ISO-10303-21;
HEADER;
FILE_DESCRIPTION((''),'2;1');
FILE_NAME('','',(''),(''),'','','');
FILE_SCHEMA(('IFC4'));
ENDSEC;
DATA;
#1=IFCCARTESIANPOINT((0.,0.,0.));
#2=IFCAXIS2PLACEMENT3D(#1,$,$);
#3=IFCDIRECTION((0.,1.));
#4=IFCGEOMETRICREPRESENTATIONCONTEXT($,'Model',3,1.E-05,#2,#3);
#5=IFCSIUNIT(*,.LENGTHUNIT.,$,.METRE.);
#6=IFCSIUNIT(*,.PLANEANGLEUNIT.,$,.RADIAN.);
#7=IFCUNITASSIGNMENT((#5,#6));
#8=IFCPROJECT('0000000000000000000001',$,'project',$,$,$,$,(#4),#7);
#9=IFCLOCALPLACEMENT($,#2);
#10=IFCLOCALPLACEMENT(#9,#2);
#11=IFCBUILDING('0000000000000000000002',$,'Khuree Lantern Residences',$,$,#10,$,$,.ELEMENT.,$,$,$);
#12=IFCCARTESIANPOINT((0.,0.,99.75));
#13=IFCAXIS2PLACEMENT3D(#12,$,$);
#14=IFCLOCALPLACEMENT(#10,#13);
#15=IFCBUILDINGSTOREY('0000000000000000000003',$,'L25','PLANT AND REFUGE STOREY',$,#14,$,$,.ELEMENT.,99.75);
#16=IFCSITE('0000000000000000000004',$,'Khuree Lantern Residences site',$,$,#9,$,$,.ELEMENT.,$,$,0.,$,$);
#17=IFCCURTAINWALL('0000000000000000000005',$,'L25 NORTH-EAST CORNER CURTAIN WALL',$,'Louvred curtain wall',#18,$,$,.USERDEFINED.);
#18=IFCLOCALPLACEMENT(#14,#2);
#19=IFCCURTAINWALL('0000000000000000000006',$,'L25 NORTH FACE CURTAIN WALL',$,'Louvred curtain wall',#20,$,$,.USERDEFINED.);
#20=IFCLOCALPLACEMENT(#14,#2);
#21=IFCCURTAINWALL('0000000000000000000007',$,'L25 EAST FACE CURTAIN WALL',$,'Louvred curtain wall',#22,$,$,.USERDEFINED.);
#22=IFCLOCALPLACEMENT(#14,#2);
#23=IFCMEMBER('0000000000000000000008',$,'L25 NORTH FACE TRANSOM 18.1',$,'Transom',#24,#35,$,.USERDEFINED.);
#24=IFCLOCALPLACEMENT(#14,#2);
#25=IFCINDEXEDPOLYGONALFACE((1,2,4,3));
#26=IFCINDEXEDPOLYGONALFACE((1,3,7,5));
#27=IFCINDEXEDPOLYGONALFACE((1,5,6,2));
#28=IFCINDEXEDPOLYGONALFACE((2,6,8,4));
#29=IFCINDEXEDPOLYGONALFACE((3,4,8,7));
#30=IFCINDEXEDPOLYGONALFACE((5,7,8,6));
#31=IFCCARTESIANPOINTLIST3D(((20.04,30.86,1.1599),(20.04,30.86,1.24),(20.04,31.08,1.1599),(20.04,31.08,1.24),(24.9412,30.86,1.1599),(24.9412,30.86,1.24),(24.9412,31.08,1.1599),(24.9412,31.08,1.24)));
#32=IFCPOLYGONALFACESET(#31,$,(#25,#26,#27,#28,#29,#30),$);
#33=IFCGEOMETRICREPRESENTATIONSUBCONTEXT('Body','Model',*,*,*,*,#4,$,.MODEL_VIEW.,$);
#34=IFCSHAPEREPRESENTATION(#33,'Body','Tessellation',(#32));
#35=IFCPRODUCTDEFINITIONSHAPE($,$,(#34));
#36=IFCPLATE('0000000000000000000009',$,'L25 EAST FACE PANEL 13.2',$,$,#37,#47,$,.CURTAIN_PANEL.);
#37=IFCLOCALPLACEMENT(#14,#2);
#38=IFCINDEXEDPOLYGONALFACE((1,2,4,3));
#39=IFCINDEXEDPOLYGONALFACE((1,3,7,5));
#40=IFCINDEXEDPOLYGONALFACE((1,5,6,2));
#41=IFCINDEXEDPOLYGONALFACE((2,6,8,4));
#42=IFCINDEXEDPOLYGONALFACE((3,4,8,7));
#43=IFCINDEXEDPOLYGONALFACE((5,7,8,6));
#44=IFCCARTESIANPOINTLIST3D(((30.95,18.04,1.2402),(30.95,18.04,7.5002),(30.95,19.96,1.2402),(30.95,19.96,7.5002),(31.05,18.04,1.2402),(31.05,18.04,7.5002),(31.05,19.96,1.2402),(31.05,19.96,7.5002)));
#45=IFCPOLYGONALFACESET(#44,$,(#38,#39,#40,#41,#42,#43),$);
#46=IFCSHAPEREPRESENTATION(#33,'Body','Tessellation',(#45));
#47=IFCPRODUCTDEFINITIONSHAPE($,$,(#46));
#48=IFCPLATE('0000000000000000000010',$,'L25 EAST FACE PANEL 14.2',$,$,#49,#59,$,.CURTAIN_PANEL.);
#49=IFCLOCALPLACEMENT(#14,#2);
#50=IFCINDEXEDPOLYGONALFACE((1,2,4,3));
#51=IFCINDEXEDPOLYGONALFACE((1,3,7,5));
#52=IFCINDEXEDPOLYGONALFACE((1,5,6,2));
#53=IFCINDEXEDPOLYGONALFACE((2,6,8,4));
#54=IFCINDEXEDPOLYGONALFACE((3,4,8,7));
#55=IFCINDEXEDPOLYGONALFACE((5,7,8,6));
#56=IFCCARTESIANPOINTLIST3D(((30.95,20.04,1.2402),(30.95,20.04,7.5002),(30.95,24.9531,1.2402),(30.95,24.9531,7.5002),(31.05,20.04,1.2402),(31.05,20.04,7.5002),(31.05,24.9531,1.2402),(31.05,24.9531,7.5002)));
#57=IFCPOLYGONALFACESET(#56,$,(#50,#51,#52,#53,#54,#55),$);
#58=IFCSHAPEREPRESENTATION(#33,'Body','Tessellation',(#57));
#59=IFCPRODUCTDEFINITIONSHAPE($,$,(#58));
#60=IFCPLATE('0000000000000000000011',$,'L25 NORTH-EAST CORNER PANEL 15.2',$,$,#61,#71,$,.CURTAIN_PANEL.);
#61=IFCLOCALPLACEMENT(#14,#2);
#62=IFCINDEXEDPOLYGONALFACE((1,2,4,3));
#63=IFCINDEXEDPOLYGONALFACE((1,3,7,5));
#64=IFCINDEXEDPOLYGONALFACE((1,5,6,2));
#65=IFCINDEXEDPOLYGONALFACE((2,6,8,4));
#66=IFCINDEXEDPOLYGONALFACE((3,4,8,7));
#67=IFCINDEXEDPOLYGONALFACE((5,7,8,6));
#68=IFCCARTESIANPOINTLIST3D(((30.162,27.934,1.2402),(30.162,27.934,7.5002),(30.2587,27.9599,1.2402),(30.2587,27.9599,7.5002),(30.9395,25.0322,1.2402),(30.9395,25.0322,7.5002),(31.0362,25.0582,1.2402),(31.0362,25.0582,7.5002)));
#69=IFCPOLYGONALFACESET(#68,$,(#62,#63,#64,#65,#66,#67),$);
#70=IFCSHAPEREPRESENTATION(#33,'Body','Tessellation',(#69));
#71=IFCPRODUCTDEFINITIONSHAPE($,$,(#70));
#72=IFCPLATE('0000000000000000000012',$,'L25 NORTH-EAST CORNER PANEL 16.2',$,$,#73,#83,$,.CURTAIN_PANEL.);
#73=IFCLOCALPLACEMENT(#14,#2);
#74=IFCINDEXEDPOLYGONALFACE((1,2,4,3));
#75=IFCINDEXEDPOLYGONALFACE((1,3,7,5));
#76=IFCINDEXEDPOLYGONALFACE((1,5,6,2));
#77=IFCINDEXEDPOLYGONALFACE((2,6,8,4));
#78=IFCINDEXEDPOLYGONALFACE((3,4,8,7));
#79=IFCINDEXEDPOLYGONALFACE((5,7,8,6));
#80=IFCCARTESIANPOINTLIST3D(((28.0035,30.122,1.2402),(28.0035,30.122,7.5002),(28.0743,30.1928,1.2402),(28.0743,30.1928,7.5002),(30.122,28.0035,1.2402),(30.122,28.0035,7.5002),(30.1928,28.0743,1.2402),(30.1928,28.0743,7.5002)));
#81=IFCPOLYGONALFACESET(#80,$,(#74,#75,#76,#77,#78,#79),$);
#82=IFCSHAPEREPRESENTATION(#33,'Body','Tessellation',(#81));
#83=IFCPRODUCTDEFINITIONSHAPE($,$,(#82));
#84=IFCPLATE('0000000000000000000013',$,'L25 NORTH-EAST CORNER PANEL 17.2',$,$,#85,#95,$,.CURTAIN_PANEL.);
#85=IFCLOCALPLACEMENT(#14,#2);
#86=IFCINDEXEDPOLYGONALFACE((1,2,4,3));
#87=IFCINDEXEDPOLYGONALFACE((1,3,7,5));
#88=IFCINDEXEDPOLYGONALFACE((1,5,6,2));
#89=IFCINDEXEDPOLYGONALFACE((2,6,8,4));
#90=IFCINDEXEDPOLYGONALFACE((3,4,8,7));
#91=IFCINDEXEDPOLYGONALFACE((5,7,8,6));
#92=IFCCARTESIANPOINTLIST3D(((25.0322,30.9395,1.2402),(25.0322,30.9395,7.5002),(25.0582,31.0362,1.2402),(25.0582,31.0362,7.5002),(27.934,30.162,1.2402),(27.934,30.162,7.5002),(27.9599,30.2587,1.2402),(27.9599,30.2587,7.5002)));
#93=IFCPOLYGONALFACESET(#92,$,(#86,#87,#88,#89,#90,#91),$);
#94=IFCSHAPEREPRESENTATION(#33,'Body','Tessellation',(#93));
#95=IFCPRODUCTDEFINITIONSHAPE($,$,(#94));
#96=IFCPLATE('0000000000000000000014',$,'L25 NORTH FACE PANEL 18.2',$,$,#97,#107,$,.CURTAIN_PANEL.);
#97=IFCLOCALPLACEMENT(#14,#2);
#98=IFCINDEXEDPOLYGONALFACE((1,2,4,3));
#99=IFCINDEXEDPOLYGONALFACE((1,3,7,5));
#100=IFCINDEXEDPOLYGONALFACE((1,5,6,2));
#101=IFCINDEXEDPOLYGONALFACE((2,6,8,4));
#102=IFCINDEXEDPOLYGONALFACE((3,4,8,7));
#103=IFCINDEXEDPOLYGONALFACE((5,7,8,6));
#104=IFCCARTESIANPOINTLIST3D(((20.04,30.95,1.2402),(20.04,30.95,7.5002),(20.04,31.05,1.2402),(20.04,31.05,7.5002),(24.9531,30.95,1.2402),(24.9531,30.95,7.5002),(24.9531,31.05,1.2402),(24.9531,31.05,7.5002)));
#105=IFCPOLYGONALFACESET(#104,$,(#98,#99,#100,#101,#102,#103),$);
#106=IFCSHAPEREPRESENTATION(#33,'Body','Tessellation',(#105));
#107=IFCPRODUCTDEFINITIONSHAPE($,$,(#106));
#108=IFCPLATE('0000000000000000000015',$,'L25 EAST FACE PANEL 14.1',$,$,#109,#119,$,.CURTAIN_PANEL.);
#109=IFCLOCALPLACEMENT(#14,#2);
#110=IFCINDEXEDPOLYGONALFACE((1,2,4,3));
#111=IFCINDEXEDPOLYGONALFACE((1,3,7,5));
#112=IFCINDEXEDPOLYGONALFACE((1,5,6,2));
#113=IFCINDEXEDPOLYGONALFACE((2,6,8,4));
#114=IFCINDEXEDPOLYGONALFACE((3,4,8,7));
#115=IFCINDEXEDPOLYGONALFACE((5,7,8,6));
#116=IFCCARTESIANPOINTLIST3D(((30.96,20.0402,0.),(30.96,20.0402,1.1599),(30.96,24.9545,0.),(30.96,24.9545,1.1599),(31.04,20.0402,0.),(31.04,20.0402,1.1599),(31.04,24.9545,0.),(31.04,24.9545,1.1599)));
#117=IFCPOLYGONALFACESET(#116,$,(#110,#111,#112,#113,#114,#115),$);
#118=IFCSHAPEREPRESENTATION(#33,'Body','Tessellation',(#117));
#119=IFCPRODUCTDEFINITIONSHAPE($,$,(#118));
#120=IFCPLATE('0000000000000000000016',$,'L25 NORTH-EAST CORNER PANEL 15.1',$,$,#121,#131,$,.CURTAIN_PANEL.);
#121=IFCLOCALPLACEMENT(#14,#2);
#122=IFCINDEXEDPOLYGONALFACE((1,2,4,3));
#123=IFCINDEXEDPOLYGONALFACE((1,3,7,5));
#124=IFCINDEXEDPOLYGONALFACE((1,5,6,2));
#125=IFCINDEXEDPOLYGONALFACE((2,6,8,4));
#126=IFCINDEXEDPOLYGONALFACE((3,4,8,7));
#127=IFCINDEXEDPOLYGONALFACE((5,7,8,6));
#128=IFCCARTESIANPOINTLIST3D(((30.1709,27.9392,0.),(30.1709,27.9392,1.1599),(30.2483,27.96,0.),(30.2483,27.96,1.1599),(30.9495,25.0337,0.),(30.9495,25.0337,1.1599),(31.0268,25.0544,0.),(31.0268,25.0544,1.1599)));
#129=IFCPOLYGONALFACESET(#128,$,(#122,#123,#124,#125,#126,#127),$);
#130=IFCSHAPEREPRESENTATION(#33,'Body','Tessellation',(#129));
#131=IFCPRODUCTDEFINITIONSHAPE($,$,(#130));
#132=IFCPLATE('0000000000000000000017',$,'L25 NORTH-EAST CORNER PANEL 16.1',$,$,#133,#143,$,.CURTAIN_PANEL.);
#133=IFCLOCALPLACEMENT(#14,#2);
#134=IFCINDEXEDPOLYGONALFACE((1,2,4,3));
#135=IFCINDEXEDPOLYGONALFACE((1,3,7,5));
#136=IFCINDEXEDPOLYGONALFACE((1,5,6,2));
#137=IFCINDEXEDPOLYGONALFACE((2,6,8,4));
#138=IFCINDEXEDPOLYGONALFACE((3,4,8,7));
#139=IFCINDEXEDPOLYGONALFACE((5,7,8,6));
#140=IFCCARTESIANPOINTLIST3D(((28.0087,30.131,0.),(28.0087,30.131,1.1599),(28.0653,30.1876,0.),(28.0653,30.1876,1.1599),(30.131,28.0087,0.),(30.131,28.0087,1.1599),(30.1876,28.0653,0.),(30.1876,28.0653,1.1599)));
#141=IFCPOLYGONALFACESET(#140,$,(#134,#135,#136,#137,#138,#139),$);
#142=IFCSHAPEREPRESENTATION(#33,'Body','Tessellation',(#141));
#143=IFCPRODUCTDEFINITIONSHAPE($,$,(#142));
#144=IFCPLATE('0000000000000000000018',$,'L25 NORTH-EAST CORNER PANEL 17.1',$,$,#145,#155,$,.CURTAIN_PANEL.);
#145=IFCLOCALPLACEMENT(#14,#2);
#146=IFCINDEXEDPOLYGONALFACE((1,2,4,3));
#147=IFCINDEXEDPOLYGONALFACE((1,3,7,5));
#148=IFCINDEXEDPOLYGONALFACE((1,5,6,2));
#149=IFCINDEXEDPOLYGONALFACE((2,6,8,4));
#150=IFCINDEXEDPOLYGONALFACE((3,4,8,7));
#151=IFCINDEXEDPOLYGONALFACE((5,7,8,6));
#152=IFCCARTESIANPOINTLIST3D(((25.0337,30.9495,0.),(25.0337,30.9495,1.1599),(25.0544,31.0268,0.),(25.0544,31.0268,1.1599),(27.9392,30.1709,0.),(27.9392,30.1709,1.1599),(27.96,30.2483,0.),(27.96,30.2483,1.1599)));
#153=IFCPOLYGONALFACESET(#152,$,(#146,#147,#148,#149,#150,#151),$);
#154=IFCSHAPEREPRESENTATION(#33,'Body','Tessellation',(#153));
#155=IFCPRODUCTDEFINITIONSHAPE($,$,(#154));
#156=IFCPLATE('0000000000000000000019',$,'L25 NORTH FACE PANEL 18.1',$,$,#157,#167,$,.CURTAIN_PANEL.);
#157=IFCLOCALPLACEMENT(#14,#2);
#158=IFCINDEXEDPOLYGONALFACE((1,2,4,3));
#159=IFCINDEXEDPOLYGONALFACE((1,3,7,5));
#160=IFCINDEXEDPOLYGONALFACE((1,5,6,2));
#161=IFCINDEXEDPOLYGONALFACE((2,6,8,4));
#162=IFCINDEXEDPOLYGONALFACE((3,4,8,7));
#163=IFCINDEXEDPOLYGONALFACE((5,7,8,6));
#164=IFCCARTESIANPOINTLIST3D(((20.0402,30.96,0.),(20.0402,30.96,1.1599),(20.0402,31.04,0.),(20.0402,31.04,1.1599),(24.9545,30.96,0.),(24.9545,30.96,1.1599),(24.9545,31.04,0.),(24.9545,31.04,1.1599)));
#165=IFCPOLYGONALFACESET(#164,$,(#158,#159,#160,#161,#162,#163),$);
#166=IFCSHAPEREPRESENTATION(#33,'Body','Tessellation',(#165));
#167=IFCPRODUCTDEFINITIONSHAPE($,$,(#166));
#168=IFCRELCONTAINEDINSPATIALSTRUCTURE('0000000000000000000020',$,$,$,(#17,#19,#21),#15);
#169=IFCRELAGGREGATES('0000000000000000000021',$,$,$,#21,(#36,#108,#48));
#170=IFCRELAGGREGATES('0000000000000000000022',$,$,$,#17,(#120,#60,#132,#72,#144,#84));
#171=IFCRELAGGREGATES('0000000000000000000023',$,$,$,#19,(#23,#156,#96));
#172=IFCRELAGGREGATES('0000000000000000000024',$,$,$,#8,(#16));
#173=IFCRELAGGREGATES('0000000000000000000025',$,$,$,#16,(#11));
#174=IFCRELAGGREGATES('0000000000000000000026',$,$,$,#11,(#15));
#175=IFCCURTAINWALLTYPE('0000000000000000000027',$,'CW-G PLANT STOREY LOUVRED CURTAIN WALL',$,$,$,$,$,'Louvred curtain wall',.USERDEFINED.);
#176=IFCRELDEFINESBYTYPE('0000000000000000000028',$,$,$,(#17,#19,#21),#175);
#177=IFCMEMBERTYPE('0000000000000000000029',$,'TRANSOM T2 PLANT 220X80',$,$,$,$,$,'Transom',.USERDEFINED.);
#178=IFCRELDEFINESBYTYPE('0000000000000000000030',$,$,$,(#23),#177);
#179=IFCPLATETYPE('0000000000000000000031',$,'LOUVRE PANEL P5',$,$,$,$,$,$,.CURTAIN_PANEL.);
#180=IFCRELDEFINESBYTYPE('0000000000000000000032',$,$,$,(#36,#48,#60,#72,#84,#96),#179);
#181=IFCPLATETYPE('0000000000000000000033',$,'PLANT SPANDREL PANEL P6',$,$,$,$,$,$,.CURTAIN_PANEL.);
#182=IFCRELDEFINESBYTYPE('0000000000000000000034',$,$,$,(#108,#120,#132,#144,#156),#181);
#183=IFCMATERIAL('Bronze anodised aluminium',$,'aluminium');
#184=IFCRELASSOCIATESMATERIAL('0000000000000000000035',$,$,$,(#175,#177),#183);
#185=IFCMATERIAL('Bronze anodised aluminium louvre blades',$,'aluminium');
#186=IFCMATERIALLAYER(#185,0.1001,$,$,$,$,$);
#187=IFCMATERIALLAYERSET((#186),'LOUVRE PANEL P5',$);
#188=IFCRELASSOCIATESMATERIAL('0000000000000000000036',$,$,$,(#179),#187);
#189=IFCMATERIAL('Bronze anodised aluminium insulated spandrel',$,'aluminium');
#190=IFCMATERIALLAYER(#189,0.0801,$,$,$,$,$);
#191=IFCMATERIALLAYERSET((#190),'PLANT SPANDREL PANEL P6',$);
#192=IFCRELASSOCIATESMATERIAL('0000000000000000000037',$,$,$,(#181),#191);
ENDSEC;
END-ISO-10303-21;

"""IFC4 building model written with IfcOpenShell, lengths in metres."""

from ifc_helpers import new_model, si_unit, direction, frame, origin, origin_2d, place, context, subcontext, project, spatial, rectangle, extrude, material, layer, layer_set, material_profile, profile_set, type_object, element, aggregate, save


model = new_model("IFC4")

# Units and contexts
model_context = context("Model", 3, precision=1e-05, world=origin(), true_north=direction((0.0, 1.0)))
body_context = subcontext(model_context, "Body", "Model", "MODEL_VIEW")
ifc_project = project(units=[si_unit("LENGTHUNIT", "METRE"), si_unit("PLANEANGLEUNIT", "RADIAN")], contexts=[model_context])

# Site, building, storey
site_placement = place(None, origin())
site = spatial("IfcSite", under=ifc_project, at=site_placement, Name="Khuree Lantern Residences site", CompositionType="ELEMENT", RefElevation=0.0)
building_placement = place(site_placement, origin())
building = spatial("IfcBuilding", under=site, at=building_placement, Name="Khuree Lantern Residences", CompositionType="ELEMENT")
storey_placement = place(building_placement, frame((0.0, 0.0, 99.75)))
storey = spatial("IfcBuildingStorey", under=building, at=storey_placement, Name="L25", Description="PLANT AND REFUGE STOREY", CompositionType="ELEMENT", Elevation=99.75)

# Curtain walls
ifc_material_1 = material(Name="Bronze anodised aluminium", Category="aluminium")
curtain_wall_type = type_object("IfcCurtainWallType", Name="CW-G PLANT STOREY LOUVRED CURTAIN WALL", ElementType="Louvred curtain wall", PredefinedType="USERDEFINED", material=ifc_material_1)
curtain_wall_1_placement = place(storey_placement, origin())
curtain_wall_1 = element("IfcCurtainWall", 1, at=curtain_wall_1_placement, inside=storey, type_object=curtain_wall_type, Name="L25 NORTH-EAST CORNER CURTAIN WALL", ObjectType="Louvred curtain wall", PredefinedType="USERDEFINED")
curtain_wall_2_placement = place(storey_placement, origin())
curtain_wall_2 = element("IfcCurtainWall", 2, at=curtain_wall_2_placement, inside=storey, type_object=curtain_wall_type, Name="L25 NORTH FACE CURTAIN WALL", ObjectType="Louvred curtain wall", PredefinedType="USERDEFINED")

# Curtain wall
curtain_wall_3_placement = place(storey_placement, origin())
curtain_wall_3 = element("IfcCurtainWall", 3, at=curtain_wall_3_placement, inside=storey, type_object=curtain_wall_type, Name="L25 EAST FACE CURTAIN WALL", ObjectType="Louvred curtain wall", PredefinedType="USERDEFINED")

# Member
ifc_material_profile_1 = material_profile(ifc_material_1, rectangle(XDim=0.22, YDim=0.0801, at=origin_2d()), Name="T2 220X80")
ifc_profile_set_1 = profile_set([ifc_material_profile_1], Name="Bronze anodised aluminium")
member_type_1 = type_object("IfcMemberType", Name="TRANSOM T2 PLANT 220X80", ElementType="Transom", PredefinedType="USERDEFINED", material=ifc_profile_set_1)
member_1_placement = place(storey_placement, frame((24.9412, 30.97, 1.2), z_axis=(-1.0, 0.0, 0.0), x_axis=(0.0, -1.0, 0.0)))
member_1 = element("IfcMember", 4, at=member_1_placement, type_object=member_type_1, Name="L25 NORTH FACE TRANSOM 18.1", ObjectType="Transom", PredefinedType="USERDEFINED", context=body_context, shape_type="SweptSolid", body=[
    extrude(rectangle(XDim=0.22, YDim=0.0801, at=origin_2d()), origin(), (0.0, 0.0, 1.0), 4.9011),
])

# Plates
ifc_material_2 = material(Name="Bronze anodised aluminium louvre blades", Category="aluminium")
ifc_layer_1 = layer(ifc_material_2, 0.1001)
ifc_layer_set_1 = layer_set([ifc_layer_1], Name="LOUVRE PANEL P5")
plate_type_1 = type_object("IfcPlateType", Name="LOUVRE PANEL P5", PredefinedType="CURTAIN_PANEL", material=ifc_layer_set_1)
plate_1_placement = place(storey_placement, frame((31.0, 19.0, 1.2402), z_axis=(0.0, 0.0, 1.0), x_axis=(0.0, 1.0, 0.0)))
plate_1 = element("IfcPlate", 5, at=plate_1_placement, type_object=plate_type_1, Name="L25 EAST FACE PANEL 13.2", PredefinedType="CURTAIN_PANEL", context=body_context, shape_type="SweptSolid", body=[
    extrude(rectangle(XDim=1.9199, YDim=0.1001, at=origin_2d()), origin(), (0.0, 0.0, 1.0), 6.26),
])
plate_2_placement = place(storey_placement, frame((31.0, 22.4966, 1.2402), z_axis=(0.0, 0.0, 1.0), x_axis=(0.0, 1.0, 0.0)))
plate_2 = element("IfcPlate", 6, at=plate_2_placement, type_object=plate_type_1, Name="L25 EAST FACE PANEL 14.2", PredefinedType="CURTAIN_PANEL", context=body_context, shape_type="SweptSolid", body=[
    extrude(rectangle(XDim=4.9131, YDim=0.1001, at=origin_2d()), origin(), (0.0, 0.0, 1.0), 6.26),
])
plate_3_placement = place(storey_placement, frame((30.5991, 26.4961, 1.2402), z_axis=(0.0, 0.0, 1.0), x_axis=(-0.258819, 0.965926, 0.0)))
plate_3 = element("IfcPlate", 7, at=plate_3_placement, type_object=plate_type_1, Name="L25 NORTH-EAST CORNER PANEL 15.2", PredefinedType="CURTAIN_PANEL", context=body_context, shape_type="SweptSolid", body=[
    extrude(rectangle(XDim=3.0042, YDim=0.1001, at=origin_2d()), origin(), (0.0, 0.0, 1.0), 6.26),
])
plate_4_placement = place(storey_placement, frame((29.0981, 29.0981, 1.2402), z_axis=(0.0, 0.0, 1.0), x_axis=(-0.707107, 0.707107, 0.0)))
plate_4 = element("IfcPlate", 8, at=plate_4_placement, type_object=plate_type_1, Name="L25 NORTH-EAST CORNER PANEL 16.2", PredefinedType="CURTAIN_PANEL", context=body_context, shape_type="SweptSolid", body=[
    extrude(rectangle(XDim=2.9961, YDim=0.1001, at=origin_2d()), origin(), (0.0, 0.0, 1.0), 6.26),
])
plate_5_placement = place(storey_placement, frame((26.4961, 30.5991, 1.2402), z_axis=(0.0, 0.0, 1.0), x_axis=(-0.965926, 0.258819, 0.0)))
plate_5 = element("IfcPlate", 9, at=plate_5_placement, type_object=plate_type_1, Name="L25 NORTH-EAST CORNER PANEL 17.2", PredefinedType="CURTAIN_PANEL", context=body_context, shape_type="SweptSolid", body=[
    extrude(rectangle(XDim=3.0042, YDim=0.1001, at=origin_2d()), origin(), (0.0, 0.0, 1.0), 6.26),
])
plate_6_placement = place(storey_placement, frame((22.4966, 31.0, 1.2402), z_axis=(0.0, 0.0, 1.0), x_axis=(-1.0, 0.0, 0.0)))
plate_6 = element("IfcPlate", 10, at=plate_6_placement, type_object=plate_type_1, Name="L25 NORTH FACE PANEL 18.2", PredefinedType="CURTAIN_PANEL", context=body_context, shape_type="SweptSolid", body=[
    extrude(rectangle(XDim=4.9131, YDim=0.1001, at=origin_2d()), origin(), (0.0, 0.0, 1.0), 6.26),
])
ifc_material_3 = material(Name="Bronze anodised aluminium insulated spandrel", Category="aluminium")
ifc_layer_2 = layer(ifc_material_3, 0.0801)
ifc_layer_set_2 = layer_set([ifc_layer_2], Name="PLANT SPANDREL PANEL P6")
plate_type_2 = type_object("IfcPlateType", Name="PLANT SPANDREL PANEL P6", PredefinedType="CURTAIN_PANEL", material=ifc_layer_set_2)
plate_7_placement = place(storey_placement, frame((31.0, 22.4973, 0.0), z_axis=(0.0, 0.0, 1.0), x_axis=(0.0, 1.0, 0.0)))
plate_7 = element("IfcPlate", 11, at=plate_7_placement, type_object=plate_type_2, Name="L25 EAST FACE PANEL 14.1", PredefinedType="CURTAIN_PANEL", context=body_context, shape_type="SweptSolid", body=[
    extrude(rectangle(XDim=4.9143, YDim=0.0801, at=origin_2d()), origin(), (0.0, 0.0, 1.0), 1.1599),
])
aggregate(curtain_wall_3, [plate_1, plate_7, plate_2])
plate_8_placement = place(storey_placement, frame((30.5989, 26.4968, 0.0), z_axis=(0.0, 0.0, 1.0), x_axis=(-0.258819, 0.965926, 0.0)))
plate_8 = element("IfcPlate", 12, at=plate_8_placement, type_object=plate_type_2, Name="L25 NORTH-EAST CORNER PANEL 15.1", PredefinedType="CURTAIN_PANEL", context=body_context, shape_type="SweptSolid", body=[
    extrude(rectangle(XDim=3.0081, YDim=0.0801, at=origin_2d()), origin(), (0.0, 0.0, 1.0), 1.1599),
])
plate_9_placement = place(storey_placement, frame((29.0981, 29.0981, 0.0), z_axis=(0.0, 0.0, 1.0), x_axis=(-0.707107, 0.707107, 0.0)))
plate_9 = element("IfcPlate", 13, at=plate_9_placement, type_object=plate_type_2, Name="L25 NORTH-EAST CORNER PANEL 16.1", PredefinedType="CURTAIN_PANEL", context=body_context, shape_type="SweptSolid", body=[
    extrude(rectangle(XDim=3.0015, YDim=0.0801, at=origin_2d()), origin(), (0.0, 0.0, 1.0), 1.1599),
])
plate_10_placement = place(storey_placement, frame((26.4968, 30.5989, 0.0), z_axis=(0.0, 0.0, 1.0), x_axis=(-0.965926, 0.258819, 0.0)))
plate_10 = element("IfcPlate", 14, at=plate_10_placement, type_object=plate_type_2, Name="L25 NORTH-EAST CORNER PANEL 17.1", PredefinedType="CURTAIN_PANEL", context=body_context, shape_type="SweptSolid", body=[
    extrude(rectangle(XDim=3.0081, YDim=0.0801, at=origin_2d()), origin(), (0.0, 0.0, 1.0), 1.1599),
])
aggregate(curtain_wall_1, [plate_8, plate_3, plate_9, plate_4, plate_10, plate_5])
plate_11_placement = place(storey_placement, frame((22.4973, 31.0, 0.0), z_axis=(0.0, 0.0, 1.0), x_axis=(-1.0, 0.0, 0.0)))
plate_11 = element("IfcPlate", 15, at=plate_11_placement, type_object=plate_type_2, Name="L25 NORTH FACE PANEL 18.1", PredefinedType="CURTAIN_PANEL", context=body_context, shape_type="SweptSolid", body=[
    extrude(rectangle(XDim=4.9143, YDim=0.0801, at=origin_2d()), origin(), (0.0, 0.0, 1.0), 1.1599),
])
aggregate(curtain_wall_2, [member_1, plate_11, plate_6])

save(model, "model.ifc")
